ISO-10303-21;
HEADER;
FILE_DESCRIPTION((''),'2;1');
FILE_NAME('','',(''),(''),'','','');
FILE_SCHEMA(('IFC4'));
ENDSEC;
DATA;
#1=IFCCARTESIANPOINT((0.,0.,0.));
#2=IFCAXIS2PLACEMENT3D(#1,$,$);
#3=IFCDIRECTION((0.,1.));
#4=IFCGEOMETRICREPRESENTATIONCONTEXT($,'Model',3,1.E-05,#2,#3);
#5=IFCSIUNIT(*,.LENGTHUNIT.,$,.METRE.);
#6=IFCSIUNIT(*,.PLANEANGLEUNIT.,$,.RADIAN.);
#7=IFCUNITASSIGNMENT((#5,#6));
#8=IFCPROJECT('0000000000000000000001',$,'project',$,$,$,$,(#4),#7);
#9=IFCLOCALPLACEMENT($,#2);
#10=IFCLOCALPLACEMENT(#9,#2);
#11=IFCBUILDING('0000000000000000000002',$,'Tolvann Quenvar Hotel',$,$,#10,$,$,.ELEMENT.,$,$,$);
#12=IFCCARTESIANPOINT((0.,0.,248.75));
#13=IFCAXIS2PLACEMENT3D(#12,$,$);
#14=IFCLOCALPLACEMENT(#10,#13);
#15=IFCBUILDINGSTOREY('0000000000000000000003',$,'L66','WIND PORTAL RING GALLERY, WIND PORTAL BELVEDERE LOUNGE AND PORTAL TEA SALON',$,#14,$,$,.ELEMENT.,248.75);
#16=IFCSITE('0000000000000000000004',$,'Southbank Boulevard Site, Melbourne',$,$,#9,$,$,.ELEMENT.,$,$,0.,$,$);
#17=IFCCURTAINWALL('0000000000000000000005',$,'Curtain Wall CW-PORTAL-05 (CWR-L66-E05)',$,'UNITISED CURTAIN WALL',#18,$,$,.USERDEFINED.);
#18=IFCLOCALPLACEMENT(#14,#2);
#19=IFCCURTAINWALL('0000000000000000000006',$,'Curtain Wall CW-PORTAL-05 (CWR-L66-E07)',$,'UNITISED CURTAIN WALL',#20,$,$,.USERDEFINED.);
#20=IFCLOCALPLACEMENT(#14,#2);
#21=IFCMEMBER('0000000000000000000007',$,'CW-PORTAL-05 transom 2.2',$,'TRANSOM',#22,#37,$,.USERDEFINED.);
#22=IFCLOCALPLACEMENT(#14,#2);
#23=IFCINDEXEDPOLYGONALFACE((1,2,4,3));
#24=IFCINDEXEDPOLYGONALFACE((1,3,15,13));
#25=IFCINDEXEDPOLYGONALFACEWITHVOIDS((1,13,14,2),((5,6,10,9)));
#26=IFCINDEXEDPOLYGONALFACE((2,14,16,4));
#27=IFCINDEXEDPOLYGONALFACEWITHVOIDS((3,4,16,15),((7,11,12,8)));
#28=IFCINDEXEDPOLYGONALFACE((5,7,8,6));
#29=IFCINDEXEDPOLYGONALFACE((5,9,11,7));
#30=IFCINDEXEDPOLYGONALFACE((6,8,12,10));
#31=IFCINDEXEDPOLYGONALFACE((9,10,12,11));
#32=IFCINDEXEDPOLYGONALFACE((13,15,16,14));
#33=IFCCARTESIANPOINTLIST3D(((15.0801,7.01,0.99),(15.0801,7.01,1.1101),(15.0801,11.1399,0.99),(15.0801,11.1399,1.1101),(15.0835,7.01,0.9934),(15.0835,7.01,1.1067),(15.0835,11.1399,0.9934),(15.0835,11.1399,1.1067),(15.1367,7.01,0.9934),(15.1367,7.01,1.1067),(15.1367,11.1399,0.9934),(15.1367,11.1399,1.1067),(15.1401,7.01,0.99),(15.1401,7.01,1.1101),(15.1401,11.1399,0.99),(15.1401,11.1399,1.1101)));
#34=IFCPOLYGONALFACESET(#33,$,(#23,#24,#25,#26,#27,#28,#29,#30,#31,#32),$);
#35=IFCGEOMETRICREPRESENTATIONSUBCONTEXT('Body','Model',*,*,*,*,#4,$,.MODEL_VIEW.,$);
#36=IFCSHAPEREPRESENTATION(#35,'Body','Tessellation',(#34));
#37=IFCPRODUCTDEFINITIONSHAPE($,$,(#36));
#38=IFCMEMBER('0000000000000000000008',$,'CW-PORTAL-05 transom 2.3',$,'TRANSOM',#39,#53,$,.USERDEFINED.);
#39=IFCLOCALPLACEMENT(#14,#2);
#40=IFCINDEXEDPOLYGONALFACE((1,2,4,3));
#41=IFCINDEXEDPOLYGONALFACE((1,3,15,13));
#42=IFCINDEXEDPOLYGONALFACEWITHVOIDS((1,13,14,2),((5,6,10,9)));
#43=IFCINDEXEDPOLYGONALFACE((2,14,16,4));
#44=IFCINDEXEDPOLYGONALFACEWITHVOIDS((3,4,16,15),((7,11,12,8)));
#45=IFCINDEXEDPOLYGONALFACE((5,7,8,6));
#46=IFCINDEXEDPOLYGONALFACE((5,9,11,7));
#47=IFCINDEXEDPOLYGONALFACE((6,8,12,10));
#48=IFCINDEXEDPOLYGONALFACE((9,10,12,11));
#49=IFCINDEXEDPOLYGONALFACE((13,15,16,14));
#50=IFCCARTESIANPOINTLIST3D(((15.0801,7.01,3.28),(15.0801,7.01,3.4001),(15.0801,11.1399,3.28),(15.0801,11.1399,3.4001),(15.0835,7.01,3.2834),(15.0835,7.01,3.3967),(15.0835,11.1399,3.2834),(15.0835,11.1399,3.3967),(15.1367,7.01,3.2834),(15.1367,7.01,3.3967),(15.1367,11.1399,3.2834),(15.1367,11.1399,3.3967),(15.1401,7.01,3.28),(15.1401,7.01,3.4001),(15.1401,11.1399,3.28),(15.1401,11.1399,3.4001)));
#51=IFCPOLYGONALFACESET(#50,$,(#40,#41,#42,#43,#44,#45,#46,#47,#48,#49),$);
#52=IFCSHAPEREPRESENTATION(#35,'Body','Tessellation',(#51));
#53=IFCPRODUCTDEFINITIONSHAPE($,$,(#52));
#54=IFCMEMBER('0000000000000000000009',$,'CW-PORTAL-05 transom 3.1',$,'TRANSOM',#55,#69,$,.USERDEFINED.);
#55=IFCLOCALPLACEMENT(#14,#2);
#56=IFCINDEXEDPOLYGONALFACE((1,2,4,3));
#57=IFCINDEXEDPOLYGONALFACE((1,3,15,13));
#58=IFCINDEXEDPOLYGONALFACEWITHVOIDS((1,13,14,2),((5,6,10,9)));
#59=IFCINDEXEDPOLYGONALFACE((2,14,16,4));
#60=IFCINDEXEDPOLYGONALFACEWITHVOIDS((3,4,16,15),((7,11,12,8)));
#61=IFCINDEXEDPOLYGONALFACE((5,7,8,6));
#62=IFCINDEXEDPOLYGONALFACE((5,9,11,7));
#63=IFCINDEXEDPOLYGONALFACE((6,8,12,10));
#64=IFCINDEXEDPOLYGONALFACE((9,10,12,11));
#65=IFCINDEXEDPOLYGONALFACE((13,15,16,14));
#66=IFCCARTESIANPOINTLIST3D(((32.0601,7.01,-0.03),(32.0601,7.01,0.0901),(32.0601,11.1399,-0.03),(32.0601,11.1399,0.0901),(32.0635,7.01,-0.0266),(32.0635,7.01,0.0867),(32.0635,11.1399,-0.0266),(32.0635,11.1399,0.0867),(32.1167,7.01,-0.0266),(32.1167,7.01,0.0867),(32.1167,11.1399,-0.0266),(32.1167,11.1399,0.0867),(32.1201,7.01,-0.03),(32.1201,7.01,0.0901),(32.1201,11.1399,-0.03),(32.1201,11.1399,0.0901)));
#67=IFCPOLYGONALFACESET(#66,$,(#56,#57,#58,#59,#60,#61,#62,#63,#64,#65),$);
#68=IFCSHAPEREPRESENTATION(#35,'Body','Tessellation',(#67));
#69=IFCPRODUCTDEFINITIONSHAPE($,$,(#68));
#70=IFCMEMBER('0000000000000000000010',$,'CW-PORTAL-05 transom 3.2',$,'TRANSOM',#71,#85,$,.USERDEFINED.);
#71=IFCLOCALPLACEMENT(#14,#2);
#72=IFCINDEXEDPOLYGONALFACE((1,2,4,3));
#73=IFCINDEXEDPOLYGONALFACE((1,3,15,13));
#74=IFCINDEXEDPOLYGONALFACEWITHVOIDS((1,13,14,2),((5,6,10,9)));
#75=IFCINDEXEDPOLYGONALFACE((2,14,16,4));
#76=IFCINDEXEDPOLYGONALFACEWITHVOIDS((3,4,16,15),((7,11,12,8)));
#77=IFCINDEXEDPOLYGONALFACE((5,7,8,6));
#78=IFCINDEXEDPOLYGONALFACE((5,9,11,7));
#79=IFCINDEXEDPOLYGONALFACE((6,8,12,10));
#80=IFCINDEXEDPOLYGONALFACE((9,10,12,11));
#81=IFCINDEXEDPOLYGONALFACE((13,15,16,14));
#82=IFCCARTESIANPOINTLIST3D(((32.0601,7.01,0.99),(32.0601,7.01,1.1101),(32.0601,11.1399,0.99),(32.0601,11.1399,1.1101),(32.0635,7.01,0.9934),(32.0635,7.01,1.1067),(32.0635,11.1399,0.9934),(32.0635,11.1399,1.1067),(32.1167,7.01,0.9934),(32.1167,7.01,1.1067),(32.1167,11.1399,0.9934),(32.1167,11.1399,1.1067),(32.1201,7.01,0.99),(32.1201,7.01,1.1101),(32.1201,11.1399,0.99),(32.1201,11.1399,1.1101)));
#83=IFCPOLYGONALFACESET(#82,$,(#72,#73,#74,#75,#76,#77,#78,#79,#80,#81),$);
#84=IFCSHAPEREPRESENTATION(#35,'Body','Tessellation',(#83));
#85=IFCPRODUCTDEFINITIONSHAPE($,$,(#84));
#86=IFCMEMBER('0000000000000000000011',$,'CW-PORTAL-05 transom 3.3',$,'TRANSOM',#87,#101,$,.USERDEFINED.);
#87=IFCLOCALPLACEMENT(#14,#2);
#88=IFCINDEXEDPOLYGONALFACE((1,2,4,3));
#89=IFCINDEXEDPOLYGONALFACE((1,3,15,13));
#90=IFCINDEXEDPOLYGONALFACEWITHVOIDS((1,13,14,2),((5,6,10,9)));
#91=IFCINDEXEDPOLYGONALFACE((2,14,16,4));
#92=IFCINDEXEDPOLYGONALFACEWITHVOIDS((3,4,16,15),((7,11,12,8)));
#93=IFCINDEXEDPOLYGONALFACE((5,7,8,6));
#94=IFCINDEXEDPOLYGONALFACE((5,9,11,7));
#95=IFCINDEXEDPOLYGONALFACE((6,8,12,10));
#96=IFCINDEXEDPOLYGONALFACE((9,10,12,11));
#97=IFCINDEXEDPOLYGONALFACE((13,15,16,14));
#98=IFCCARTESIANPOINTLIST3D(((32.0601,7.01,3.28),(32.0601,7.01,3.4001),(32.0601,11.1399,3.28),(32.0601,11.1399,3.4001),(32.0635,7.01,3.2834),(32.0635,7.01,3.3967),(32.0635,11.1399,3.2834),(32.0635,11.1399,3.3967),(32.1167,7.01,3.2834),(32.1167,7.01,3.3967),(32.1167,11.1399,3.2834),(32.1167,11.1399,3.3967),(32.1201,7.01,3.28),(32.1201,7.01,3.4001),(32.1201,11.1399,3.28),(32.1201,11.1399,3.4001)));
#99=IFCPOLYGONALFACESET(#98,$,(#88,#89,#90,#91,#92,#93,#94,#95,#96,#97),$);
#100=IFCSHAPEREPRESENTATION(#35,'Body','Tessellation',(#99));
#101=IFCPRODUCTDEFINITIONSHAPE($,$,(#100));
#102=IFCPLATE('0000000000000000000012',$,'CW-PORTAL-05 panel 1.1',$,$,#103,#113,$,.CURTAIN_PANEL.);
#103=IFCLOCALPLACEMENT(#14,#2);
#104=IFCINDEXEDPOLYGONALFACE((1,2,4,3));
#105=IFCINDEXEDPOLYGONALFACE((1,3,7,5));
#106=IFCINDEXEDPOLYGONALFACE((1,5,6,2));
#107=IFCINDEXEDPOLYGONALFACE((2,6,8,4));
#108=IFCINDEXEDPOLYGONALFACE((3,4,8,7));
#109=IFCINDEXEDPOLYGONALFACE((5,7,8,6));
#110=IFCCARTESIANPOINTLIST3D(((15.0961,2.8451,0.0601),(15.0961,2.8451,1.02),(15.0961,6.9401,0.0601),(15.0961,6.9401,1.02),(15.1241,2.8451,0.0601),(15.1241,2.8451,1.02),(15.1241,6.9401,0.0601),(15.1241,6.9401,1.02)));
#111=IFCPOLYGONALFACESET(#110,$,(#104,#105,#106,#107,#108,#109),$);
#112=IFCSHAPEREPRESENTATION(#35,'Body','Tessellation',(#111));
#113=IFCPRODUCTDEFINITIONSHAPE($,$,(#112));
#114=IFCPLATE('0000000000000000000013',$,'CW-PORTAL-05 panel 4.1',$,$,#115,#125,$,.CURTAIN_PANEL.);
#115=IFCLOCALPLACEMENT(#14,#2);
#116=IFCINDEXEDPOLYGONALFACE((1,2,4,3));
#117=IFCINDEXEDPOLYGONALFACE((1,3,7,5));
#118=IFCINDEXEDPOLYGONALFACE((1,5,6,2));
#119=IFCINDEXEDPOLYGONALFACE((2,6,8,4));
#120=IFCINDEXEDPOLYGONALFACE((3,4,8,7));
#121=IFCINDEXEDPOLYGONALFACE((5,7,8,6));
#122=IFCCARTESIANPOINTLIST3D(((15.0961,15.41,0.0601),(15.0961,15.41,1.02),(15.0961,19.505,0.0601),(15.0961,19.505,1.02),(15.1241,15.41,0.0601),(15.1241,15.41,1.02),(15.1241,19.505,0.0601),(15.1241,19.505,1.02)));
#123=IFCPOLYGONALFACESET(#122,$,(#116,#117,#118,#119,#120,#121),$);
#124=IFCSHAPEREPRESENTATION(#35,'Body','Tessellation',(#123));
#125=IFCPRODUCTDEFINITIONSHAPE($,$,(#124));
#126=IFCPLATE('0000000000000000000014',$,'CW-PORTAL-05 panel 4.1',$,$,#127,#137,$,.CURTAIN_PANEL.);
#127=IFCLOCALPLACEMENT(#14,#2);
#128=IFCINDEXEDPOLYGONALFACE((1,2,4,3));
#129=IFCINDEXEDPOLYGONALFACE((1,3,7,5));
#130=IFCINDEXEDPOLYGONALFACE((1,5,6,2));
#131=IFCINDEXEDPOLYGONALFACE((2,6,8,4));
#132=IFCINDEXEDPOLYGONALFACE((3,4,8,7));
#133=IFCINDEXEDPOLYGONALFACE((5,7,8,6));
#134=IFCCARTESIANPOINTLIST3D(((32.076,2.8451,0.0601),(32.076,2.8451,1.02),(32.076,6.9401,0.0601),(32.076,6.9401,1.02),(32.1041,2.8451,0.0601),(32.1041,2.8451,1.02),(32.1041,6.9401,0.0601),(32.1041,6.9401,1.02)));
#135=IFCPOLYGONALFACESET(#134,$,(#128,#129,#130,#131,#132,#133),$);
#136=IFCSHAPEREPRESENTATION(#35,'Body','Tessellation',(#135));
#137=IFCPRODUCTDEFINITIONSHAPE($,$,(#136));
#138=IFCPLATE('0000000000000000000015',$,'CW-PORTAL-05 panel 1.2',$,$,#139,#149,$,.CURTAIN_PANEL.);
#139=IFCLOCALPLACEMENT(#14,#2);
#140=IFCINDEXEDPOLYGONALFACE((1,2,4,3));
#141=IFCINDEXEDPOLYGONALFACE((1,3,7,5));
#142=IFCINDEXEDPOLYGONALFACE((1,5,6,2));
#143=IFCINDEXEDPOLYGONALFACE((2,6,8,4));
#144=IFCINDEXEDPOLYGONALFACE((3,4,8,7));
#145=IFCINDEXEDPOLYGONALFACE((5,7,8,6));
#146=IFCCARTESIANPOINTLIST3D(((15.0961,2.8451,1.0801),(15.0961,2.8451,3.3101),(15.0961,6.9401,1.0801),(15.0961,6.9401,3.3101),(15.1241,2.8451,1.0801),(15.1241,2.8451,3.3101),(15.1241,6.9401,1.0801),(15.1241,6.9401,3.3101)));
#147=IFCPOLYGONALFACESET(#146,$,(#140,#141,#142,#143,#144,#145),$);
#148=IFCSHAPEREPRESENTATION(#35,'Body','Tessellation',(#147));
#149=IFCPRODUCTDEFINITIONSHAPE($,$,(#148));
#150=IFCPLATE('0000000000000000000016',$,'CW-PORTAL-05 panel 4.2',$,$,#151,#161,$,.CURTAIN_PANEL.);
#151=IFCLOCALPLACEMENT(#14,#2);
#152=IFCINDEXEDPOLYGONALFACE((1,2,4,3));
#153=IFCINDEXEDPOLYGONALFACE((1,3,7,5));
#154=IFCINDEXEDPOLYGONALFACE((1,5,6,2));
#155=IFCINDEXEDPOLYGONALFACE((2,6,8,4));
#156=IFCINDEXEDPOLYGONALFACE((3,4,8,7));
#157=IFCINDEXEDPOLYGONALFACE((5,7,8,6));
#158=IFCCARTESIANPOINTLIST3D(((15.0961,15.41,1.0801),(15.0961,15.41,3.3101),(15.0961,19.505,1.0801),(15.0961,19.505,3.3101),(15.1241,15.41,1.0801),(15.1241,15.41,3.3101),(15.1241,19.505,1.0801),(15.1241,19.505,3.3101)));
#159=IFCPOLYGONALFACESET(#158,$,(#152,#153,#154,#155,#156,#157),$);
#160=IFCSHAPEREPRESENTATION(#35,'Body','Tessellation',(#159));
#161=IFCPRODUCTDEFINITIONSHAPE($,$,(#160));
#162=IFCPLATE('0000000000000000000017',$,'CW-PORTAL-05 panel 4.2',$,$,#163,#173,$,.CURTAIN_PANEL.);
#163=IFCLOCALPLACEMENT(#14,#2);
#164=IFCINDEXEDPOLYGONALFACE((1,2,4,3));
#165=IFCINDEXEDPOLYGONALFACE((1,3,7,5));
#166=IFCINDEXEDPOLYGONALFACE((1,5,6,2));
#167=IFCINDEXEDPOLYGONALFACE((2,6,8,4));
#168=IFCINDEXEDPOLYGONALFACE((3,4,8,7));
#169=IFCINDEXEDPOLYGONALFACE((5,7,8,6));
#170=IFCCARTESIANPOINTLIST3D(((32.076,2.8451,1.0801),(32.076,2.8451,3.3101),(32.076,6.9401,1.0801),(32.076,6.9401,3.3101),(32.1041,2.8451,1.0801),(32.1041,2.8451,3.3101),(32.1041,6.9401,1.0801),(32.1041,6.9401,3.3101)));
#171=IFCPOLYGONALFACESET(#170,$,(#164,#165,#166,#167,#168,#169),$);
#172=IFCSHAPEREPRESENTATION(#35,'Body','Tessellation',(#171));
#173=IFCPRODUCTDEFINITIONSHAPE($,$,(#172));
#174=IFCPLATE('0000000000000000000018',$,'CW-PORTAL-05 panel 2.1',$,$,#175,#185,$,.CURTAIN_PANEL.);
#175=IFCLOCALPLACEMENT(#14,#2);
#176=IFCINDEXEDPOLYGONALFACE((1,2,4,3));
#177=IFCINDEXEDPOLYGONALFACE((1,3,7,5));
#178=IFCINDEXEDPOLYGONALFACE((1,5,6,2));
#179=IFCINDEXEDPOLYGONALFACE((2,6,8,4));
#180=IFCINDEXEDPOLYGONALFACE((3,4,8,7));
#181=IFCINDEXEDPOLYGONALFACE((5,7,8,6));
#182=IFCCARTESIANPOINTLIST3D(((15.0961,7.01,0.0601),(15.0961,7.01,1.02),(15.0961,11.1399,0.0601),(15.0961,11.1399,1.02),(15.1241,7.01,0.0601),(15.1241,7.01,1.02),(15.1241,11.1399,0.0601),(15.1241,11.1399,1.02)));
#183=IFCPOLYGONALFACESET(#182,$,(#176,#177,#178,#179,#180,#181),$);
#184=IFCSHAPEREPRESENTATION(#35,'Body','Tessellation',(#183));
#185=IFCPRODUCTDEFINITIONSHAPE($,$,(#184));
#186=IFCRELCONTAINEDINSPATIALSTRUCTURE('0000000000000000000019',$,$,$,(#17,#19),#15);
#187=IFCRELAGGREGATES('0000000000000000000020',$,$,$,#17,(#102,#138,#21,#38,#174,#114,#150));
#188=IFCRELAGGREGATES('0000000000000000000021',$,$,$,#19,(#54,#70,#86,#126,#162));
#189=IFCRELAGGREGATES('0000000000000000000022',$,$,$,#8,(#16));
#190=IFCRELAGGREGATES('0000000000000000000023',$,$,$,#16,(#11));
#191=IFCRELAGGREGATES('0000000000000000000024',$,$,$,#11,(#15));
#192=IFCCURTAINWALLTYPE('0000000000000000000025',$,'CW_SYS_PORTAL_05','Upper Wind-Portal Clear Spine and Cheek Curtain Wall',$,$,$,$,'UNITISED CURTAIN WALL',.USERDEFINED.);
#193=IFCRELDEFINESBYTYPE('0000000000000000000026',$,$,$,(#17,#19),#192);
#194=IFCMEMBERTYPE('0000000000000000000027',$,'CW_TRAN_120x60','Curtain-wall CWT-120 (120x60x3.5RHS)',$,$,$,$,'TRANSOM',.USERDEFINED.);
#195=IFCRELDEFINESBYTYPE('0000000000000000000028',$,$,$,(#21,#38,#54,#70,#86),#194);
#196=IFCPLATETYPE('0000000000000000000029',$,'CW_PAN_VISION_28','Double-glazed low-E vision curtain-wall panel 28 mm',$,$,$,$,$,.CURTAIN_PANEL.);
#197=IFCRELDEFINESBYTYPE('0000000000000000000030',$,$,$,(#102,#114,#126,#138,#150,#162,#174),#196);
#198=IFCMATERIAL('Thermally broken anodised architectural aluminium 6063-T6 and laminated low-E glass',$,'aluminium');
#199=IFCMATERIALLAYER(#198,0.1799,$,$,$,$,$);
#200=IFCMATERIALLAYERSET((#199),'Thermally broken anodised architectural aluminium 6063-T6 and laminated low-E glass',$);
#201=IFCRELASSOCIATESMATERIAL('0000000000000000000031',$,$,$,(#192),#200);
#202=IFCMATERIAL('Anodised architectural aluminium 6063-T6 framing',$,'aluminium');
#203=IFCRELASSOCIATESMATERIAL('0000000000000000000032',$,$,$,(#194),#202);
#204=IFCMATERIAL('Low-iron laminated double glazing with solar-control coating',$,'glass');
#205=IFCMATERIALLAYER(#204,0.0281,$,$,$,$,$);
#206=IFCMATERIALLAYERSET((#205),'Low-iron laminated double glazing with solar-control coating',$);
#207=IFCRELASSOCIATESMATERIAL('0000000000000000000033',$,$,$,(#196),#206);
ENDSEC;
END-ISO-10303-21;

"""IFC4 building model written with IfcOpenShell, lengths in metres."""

from ifc_helpers import new_model, si_unit, direction, frame, origin, origin_2d, place, context, subcontext, project, spatial, rectangle, hollow_rectangle, extrude, source, transform, mapped, material, layer, layer_set, material_profile, profile_set, type_object, element, aggregate, save


model = new_model("IFC4")

# Units and contexts
model_context = context("Model", 3, precision=1e-05, world=origin(), true_north=direction((0.0, 1.0)))
body_context = subcontext(model_context, "Body", "Model", "MODEL_VIEW")
ifc_project = project(units=[si_unit("LENGTHUNIT", "METRE"), si_unit("PLANEANGLEUNIT", "RADIAN")], contexts=[model_context])

# Site, building, storey
site_placement = place(None, origin())
site = spatial("IfcSite", under=ifc_project, at=site_placement, Name="Southbank Boulevard Site, Melbourne", CompositionType="ELEMENT", RefElevation=0.0)
building_placement = place(site_placement, origin())
building = spatial("IfcBuilding", under=site, at=building_placement, Name="Tolvann Quenvar Hotel", CompositionType="ELEMENT")
storey_placement = place(building_placement, frame((0.0, 0.0, 248.75)))
storey = spatial("IfcBuildingStorey", under=building, at=storey_placement, Name="L66", Description="WIND PORTAL RING GALLERY, WIND PORTAL BELVEDERE LOUNGE AND PORTAL TEA SALON", CompositionType="ELEMENT", Elevation=248.75)

# Curtain walls
ifc_material_1 = material(Name="Thermally broken anodised architectural aluminium 6063-T6 and laminated low-E glass", Category="aluminium")
ifc_layer_1 = layer(ifc_material_1, 0.1799)
ifc_layer_set_1 = layer_set([ifc_layer_1], Name="Thermally broken anodised architectural aluminium 6063-T6 and laminated low-E glass")
curtain_wall_type = type_object("IfcCurtainWallType", Name="CW_SYS_PORTAL_05", Description="Upper Wind-Portal Clear Spine and Cheek Curtain Wall", ElementType="UNITISED CURTAIN WALL", PredefinedType="USERDEFINED", material=ifc_layer_set_1)
curtain_wall_1_placement = place(storey_placement, origin())
curtain_wall_1 = element("IfcCurtainWall", 1, at=curtain_wall_1_placement, inside=storey, type_object=curtain_wall_type, Name="Curtain Wall CW-PORTAL-05 (CWR-L66-E05)", ObjectType="UNITISED CURTAIN WALL", PredefinedType="USERDEFINED")
ifc_material_2 = material(Name="Anodised architectural aluminium 6063-T6 framing", Category="aluminium")
curtain_wall_2_placement = place(storey_placement, origin())
curtain_wall_2 = element("IfcCurtainWall", 2, at=curtain_wall_2_placement, inside=storey, type_object=curtain_wall_type, Name="Curtain Wall CW-PORTAL-05 (CWR-L66-E07)", ObjectType="UNITISED CURTAIN WALL", PredefinedType="USERDEFINED")

# Members
ifc_material_profile_1 = material_profile(ifc_material_2, hollow_rectangle(XDim=0.0601, YDim=0.1201, WallThickness=0.0034, at=origin_2d()), Name="120x60x3.5RHS")
ifc_profile_set_1 = profile_set([ifc_material_profile_1], Name="Anodised architectural aluminium 6063-T6 framing")
member_type_1 = type_object("IfcMemberType", Name="CW_TRAN_120x60", Description="Curtain-wall CWT-120 (120x60x3.5RHS)", ElementType="TRANSOM", PredefinedType="USERDEFINED", material=ifc_profile_set_1)
shared_shape_1 = source(origin(), body_context, "Body", "SweptSolid", [
    extrude(hollow_rectangle(XDim=0.0601, YDim=0.1201, WallThickness=0.0034, at=origin_2d()), origin(), (0.0, 0.0, 1.0), 4.1299),
])
member_1_placement = place(storey_placement, frame((15.1101, 7.01, 1.05), z_axis=(0.0, 1.0, 0.0), x_axis=(-1.0, 0.0, 0.0)))
member_1 = element("IfcMember", 3, at=member_1_placement, type_object=member_type_1, Name="CW-PORTAL-05 transom 2.2", ObjectType="TRANSOM", PredefinedType="USERDEFINED", context=body_context, shape_type="MappedRepresentation", body=[
    mapped(shared_shape_1, transform((0.0, 0.0, 0.0), x_axis=(1.0, 0.0, 0.0), y_axis=(0.0, 1.0, 0.0), z_axis=(0.0, 0.0, 1.0), scale=1.0)),
])
member_2_placement = place(storey_placement, frame((15.1101, 7.01, 3.3401), z_axis=(0.0, 1.0, 0.0), x_axis=(-1.0, 0.0, 0.0)))
member_2 = element("IfcMember", 4, at=member_2_placement, type_object=member_type_1, Name="CW-PORTAL-05 transom 2.3", ObjectType="TRANSOM", PredefinedType="USERDEFINED", context=body_context, shape_type="MappedRepresentation", body=[
    mapped(shared_shape_1, transform((0.0, 0.0, 0.0), x_axis=(1.0, 0.0, 0.0), y_axis=(0.0, 1.0, 0.0), z_axis=(0.0, 0.0, 1.0), scale=1.0)),
])
member_3_placement = place(storey_placement, frame((32.0901, 11.1399, 0.03), z_axis=(0.0, -1.0, 0.0), x_axis=(1.0, 0.0, 0.0)))
member_3 = element("IfcMember", 5, at=member_3_placement, type_object=member_type_1, Name="CW-PORTAL-05 transom 3.1", ObjectType="TRANSOM", PredefinedType="USERDEFINED", context=body_context, shape_type="MappedRepresentation", body=[
    mapped(shared_shape_1, transform((0.0, 0.0, 0.0), x_axis=(1.0, 0.0, 0.0), y_axis=(0.0, 1.0, 0.0), z_axis=(0.0, 0.0, 1.0), scale=1.0)),
])
member_4_placement = place(storey_placement, frame((32.0901, 11.1399, 1.05), z_axis=(0.0, -1.0, 0.0), x_axis=(1.0, 0.0, 0.0)))
member_4 = element("IfcMember", 6, at=member_4_placement, type_object=member_type_1, Name="CW-PORTAL-05 transom 3.2", ObjectType="TRANSOM", PredefinedType="USERDEFINED", context=body_context, shape_type="MappedRepresentation", body=[
    mapped(shared_shape_1, transform((0.0, 0.0, 0.0), x_axis=(1.0, 0.0, 0.0), y_axis=(0.0, 1.0, 0.0), z_axis=(0.0, 0.0, 1.0), scale=1.0)),
])
member_5_placement = place(storey_placement, frame((32.0901, 11.1399, 3.3401), z_axis=(0.0, -1.0, 0.0), x_axis=(1.0, 0.0, 0.0)))
member_5 = element("IfcMember", 7, at=member_5_placement, type_object=member_type_1, Name="CW-PORTAL-05 transom 3.3", ObjectType="TRANSOM", PredefinedType="USERDEFINED", context=body_context, shape_type="MappedRepresentation", body=[
    mapped(shared_shape_1, transform((0.0, 0.0, 0.0), x_axis=(1.0, 0.0, 0.0), y_axis=(0.0, 1.0, 0.0), z_axis=(0.0, 0.0, 1.0), scale=1.0)),
])

# Plates
ifc_material_3 = material(Name="Low-iron laminated double glazing with solar-control coating", Category="glass")
ifc_layer_2 = layer(ifc_material_3, 0.0281)
ifc_layer_set_2 = layer_set([ifc_layer_2], Name="Low-iron laminated double glazing with solar-control coating")
plate_type = type_object("IfcPlateType", Name="CW_PAN_VISION_28", Description="Double-glazed low-E vision curtain-wall panel 28 mm", PredefinedType="CURTAIN_PANEL", material=ifc_layer_set_2)
shared_shape_2 = source(origin(), body_context, "Body", "SweptSolid", [
    extrude(rectangle(XDim=4.095, YDim=0.0281, at=origin_2d()), origin(), (0.0, 0.0, 1.0), 0.96),
])
plate_1_placement = place(storey_placement, frame((15.1101, 4.8926, 0.0601), z_axis=(0.0, 0.0, 1.0), x_axis=(0.0, 1.0, 0.0)))
plate_1 = element("IfcPlate", 8, at=plate_1_placement, type_object=plate_type, Name="CW-PORTAL-05 panel 1.1", PredefinedType="CURTAIN_PANEL", context=body_context, shape_type="MappedRepresentation", body=[
    mapped(shared_shape_2, transform((0.0, 0.0, 0.0), x_axis=(1.0, 0.0, 0.0), y_axis=(0.0, 1.0, 0.0), z_axis=(0.0, 0.0, 1.0), scale=1.0)),
])
plate_2_placement = place(storey_placement, frame((15.1101, 17.4575, 0.0601), z_axis=(0.0, 0.0, 1.0), x_axis=(0.0, 1.0, 0.0)))
plate_2 = element("IfcPlate", 9, at=plate_2_placement, type_object=plate_type, Name="CW-PORTAL-05 panel 4.1", PredefinedType="CURTAIN_PANEL", context=body_context, shape_type="MappedRepresentation", body=[
    mapped(shared_shape_2, transform((0.0, 0.0, 0.0), x_axis=(1.0, 0.0, 0.0), y_axis=(0.0, 1.0, 0.0), z_axis=(0.0, 0.0, 1.0), scale=1.0)),
])
plate_3_placement = place(storey_placement, frame((32.0901, 4.8926, 0.0601), z_axis=(0.0, 0.0, 1.0), x_axis=(0.0, -1.0, 0.0)))
plate_3 = element("IfcPlate", 10, at=plate_3_placement, type_object=plate_type, Name="CW-PORTAL-05 panel 4.1", PredefinedType="CURTAIN_PANEL", context=body_context, shape_type="MappedRepresentation", body=[
    mapped(shared_shape_2, transform((0.0, 0.0, 0.0), x_axis=(1.0, 0.0, 0.0), y_axis=(0.0, 1.0, 0.0), z_axis=(0.0, 0.0, 1.0), scale=1.0)),
])
shared_shape_3 = source(origin(), body_context, "Body", "SweptSolid", [
    extrude(rectangle(XDim=4.095, YDim=0.0281, at=origin_2d()), origin(), (0.0, 0.0, 1.0), 2.23),
])
plate_4_placement = place(storey_placement, frame((15.1101, 4.8926, 1.0801), z_axis=(0.0, 0.0, 1.0), x_axis=(0.0, 1.0, 0.0)))
plate_4 = element("IfcPlate", 11, at=plate_4_placement, type_object=plate_type, Name="CW-PORTAL-05 panel 1.2", PredefinedType="CURTAIN_PANEL", context=body_context, shape_type="MappedRepresentation", body=[
    mapped(shared_shape_3, transform((0.0, 0.0, 0.0), x_axis=(1.0, 0.0, 0.0), y_axis=(0.0, 1.0, 0.0), z_axis=(0.0, 0.0, 1.0), scale=1.0)),
])
plate_5_placement = place(storey_placement, frame((15.1101, 17.4575, 1.0801), z_axis=(0.0, 0.0, 1.0), x_axis=(0.0, 1.0, 0.0)))
plate_5 = element("IfcPlate", 12, at=plate_5_placement, type_object=plate_type, Name="CW-PORTAL-05 panel 4.2", PredefinedType="CURTAIN_PANEL", context=body_context, shape_type="MappedRepresentation", body=[
    mapped(shared_shape_3, transform((0.0, 0.0, 0.0), x_axis=(1.0, 0.0, 0.0), y_axis=(0.0, 1.0, 0.0), z_axis=(0.0, 0.0, 1.0), scale=1.0)),
])
plate_6_placement = place(storey_placement, frame((32.0901, 4.8926, 1.0801), z_axis=(0.0, 0.0, 1.0), x_axis=(0.0, -1.0, 0.0)))
plate_6 = element("IfcPlate", 13, at=plate_6_placement, type_object=plate_type, Name="CW-PORTAL-05 panel 4.2", PredefinedType="CURTAIN_PANEL", context=body_context, shape_type="MappedRepresentation", body=[
    mapped(shared_shape_3, transform((0.0, 0.0, 0.0), x_axis=(1.0, 0.0, 0.0), y_axis=(0.0, 1.0, 0.0), z_axis=(0.0, 0.0, 1.0), scale=1.0)),
])
shared_shape_4 = source(origin(), body_context, "Body", "SweptSolid", [
    extrude(rectangle(XDim=4.1299, YDim=0.0281, at=origin_2d()), origin(), (0.0, 0.0, 1.0), 0.96),
])
plate_7_placement = place(storey_placement, frame((15.1101, 9.075, 0.0601), z_axis=(0.0, 0.0, 1.0), x_axis=(0.0, 1.0, 0.0)))
plate_7 = element("IfcPlate", 14, at=plate_7_placement, type_object=plate_type, Name="CW-PORTAL-05 panel 2.1", PredefinedType="CURTAIN_PANEL", context=body_context, shape_type="MappedRepresentation", body=[
    mapped(shared_shape_4, transform((0.0, 0.0, 0.0), x_axis=(1.0, 0.0, 0.0), y_axis=(0.0, 1.0, 0.0), z_axis=(0.0, 0.0, 1.0), scale=1.0)),
])
aggregate(curtain_wall_1, [plate_1, plate_4, member_1, member_2, plate_7, plate_2, plate_5])
aggregate(curtain_wall_2, [member_3, member_4, member_5, plate_3, plate_6])

save(model, "model.ifc")
